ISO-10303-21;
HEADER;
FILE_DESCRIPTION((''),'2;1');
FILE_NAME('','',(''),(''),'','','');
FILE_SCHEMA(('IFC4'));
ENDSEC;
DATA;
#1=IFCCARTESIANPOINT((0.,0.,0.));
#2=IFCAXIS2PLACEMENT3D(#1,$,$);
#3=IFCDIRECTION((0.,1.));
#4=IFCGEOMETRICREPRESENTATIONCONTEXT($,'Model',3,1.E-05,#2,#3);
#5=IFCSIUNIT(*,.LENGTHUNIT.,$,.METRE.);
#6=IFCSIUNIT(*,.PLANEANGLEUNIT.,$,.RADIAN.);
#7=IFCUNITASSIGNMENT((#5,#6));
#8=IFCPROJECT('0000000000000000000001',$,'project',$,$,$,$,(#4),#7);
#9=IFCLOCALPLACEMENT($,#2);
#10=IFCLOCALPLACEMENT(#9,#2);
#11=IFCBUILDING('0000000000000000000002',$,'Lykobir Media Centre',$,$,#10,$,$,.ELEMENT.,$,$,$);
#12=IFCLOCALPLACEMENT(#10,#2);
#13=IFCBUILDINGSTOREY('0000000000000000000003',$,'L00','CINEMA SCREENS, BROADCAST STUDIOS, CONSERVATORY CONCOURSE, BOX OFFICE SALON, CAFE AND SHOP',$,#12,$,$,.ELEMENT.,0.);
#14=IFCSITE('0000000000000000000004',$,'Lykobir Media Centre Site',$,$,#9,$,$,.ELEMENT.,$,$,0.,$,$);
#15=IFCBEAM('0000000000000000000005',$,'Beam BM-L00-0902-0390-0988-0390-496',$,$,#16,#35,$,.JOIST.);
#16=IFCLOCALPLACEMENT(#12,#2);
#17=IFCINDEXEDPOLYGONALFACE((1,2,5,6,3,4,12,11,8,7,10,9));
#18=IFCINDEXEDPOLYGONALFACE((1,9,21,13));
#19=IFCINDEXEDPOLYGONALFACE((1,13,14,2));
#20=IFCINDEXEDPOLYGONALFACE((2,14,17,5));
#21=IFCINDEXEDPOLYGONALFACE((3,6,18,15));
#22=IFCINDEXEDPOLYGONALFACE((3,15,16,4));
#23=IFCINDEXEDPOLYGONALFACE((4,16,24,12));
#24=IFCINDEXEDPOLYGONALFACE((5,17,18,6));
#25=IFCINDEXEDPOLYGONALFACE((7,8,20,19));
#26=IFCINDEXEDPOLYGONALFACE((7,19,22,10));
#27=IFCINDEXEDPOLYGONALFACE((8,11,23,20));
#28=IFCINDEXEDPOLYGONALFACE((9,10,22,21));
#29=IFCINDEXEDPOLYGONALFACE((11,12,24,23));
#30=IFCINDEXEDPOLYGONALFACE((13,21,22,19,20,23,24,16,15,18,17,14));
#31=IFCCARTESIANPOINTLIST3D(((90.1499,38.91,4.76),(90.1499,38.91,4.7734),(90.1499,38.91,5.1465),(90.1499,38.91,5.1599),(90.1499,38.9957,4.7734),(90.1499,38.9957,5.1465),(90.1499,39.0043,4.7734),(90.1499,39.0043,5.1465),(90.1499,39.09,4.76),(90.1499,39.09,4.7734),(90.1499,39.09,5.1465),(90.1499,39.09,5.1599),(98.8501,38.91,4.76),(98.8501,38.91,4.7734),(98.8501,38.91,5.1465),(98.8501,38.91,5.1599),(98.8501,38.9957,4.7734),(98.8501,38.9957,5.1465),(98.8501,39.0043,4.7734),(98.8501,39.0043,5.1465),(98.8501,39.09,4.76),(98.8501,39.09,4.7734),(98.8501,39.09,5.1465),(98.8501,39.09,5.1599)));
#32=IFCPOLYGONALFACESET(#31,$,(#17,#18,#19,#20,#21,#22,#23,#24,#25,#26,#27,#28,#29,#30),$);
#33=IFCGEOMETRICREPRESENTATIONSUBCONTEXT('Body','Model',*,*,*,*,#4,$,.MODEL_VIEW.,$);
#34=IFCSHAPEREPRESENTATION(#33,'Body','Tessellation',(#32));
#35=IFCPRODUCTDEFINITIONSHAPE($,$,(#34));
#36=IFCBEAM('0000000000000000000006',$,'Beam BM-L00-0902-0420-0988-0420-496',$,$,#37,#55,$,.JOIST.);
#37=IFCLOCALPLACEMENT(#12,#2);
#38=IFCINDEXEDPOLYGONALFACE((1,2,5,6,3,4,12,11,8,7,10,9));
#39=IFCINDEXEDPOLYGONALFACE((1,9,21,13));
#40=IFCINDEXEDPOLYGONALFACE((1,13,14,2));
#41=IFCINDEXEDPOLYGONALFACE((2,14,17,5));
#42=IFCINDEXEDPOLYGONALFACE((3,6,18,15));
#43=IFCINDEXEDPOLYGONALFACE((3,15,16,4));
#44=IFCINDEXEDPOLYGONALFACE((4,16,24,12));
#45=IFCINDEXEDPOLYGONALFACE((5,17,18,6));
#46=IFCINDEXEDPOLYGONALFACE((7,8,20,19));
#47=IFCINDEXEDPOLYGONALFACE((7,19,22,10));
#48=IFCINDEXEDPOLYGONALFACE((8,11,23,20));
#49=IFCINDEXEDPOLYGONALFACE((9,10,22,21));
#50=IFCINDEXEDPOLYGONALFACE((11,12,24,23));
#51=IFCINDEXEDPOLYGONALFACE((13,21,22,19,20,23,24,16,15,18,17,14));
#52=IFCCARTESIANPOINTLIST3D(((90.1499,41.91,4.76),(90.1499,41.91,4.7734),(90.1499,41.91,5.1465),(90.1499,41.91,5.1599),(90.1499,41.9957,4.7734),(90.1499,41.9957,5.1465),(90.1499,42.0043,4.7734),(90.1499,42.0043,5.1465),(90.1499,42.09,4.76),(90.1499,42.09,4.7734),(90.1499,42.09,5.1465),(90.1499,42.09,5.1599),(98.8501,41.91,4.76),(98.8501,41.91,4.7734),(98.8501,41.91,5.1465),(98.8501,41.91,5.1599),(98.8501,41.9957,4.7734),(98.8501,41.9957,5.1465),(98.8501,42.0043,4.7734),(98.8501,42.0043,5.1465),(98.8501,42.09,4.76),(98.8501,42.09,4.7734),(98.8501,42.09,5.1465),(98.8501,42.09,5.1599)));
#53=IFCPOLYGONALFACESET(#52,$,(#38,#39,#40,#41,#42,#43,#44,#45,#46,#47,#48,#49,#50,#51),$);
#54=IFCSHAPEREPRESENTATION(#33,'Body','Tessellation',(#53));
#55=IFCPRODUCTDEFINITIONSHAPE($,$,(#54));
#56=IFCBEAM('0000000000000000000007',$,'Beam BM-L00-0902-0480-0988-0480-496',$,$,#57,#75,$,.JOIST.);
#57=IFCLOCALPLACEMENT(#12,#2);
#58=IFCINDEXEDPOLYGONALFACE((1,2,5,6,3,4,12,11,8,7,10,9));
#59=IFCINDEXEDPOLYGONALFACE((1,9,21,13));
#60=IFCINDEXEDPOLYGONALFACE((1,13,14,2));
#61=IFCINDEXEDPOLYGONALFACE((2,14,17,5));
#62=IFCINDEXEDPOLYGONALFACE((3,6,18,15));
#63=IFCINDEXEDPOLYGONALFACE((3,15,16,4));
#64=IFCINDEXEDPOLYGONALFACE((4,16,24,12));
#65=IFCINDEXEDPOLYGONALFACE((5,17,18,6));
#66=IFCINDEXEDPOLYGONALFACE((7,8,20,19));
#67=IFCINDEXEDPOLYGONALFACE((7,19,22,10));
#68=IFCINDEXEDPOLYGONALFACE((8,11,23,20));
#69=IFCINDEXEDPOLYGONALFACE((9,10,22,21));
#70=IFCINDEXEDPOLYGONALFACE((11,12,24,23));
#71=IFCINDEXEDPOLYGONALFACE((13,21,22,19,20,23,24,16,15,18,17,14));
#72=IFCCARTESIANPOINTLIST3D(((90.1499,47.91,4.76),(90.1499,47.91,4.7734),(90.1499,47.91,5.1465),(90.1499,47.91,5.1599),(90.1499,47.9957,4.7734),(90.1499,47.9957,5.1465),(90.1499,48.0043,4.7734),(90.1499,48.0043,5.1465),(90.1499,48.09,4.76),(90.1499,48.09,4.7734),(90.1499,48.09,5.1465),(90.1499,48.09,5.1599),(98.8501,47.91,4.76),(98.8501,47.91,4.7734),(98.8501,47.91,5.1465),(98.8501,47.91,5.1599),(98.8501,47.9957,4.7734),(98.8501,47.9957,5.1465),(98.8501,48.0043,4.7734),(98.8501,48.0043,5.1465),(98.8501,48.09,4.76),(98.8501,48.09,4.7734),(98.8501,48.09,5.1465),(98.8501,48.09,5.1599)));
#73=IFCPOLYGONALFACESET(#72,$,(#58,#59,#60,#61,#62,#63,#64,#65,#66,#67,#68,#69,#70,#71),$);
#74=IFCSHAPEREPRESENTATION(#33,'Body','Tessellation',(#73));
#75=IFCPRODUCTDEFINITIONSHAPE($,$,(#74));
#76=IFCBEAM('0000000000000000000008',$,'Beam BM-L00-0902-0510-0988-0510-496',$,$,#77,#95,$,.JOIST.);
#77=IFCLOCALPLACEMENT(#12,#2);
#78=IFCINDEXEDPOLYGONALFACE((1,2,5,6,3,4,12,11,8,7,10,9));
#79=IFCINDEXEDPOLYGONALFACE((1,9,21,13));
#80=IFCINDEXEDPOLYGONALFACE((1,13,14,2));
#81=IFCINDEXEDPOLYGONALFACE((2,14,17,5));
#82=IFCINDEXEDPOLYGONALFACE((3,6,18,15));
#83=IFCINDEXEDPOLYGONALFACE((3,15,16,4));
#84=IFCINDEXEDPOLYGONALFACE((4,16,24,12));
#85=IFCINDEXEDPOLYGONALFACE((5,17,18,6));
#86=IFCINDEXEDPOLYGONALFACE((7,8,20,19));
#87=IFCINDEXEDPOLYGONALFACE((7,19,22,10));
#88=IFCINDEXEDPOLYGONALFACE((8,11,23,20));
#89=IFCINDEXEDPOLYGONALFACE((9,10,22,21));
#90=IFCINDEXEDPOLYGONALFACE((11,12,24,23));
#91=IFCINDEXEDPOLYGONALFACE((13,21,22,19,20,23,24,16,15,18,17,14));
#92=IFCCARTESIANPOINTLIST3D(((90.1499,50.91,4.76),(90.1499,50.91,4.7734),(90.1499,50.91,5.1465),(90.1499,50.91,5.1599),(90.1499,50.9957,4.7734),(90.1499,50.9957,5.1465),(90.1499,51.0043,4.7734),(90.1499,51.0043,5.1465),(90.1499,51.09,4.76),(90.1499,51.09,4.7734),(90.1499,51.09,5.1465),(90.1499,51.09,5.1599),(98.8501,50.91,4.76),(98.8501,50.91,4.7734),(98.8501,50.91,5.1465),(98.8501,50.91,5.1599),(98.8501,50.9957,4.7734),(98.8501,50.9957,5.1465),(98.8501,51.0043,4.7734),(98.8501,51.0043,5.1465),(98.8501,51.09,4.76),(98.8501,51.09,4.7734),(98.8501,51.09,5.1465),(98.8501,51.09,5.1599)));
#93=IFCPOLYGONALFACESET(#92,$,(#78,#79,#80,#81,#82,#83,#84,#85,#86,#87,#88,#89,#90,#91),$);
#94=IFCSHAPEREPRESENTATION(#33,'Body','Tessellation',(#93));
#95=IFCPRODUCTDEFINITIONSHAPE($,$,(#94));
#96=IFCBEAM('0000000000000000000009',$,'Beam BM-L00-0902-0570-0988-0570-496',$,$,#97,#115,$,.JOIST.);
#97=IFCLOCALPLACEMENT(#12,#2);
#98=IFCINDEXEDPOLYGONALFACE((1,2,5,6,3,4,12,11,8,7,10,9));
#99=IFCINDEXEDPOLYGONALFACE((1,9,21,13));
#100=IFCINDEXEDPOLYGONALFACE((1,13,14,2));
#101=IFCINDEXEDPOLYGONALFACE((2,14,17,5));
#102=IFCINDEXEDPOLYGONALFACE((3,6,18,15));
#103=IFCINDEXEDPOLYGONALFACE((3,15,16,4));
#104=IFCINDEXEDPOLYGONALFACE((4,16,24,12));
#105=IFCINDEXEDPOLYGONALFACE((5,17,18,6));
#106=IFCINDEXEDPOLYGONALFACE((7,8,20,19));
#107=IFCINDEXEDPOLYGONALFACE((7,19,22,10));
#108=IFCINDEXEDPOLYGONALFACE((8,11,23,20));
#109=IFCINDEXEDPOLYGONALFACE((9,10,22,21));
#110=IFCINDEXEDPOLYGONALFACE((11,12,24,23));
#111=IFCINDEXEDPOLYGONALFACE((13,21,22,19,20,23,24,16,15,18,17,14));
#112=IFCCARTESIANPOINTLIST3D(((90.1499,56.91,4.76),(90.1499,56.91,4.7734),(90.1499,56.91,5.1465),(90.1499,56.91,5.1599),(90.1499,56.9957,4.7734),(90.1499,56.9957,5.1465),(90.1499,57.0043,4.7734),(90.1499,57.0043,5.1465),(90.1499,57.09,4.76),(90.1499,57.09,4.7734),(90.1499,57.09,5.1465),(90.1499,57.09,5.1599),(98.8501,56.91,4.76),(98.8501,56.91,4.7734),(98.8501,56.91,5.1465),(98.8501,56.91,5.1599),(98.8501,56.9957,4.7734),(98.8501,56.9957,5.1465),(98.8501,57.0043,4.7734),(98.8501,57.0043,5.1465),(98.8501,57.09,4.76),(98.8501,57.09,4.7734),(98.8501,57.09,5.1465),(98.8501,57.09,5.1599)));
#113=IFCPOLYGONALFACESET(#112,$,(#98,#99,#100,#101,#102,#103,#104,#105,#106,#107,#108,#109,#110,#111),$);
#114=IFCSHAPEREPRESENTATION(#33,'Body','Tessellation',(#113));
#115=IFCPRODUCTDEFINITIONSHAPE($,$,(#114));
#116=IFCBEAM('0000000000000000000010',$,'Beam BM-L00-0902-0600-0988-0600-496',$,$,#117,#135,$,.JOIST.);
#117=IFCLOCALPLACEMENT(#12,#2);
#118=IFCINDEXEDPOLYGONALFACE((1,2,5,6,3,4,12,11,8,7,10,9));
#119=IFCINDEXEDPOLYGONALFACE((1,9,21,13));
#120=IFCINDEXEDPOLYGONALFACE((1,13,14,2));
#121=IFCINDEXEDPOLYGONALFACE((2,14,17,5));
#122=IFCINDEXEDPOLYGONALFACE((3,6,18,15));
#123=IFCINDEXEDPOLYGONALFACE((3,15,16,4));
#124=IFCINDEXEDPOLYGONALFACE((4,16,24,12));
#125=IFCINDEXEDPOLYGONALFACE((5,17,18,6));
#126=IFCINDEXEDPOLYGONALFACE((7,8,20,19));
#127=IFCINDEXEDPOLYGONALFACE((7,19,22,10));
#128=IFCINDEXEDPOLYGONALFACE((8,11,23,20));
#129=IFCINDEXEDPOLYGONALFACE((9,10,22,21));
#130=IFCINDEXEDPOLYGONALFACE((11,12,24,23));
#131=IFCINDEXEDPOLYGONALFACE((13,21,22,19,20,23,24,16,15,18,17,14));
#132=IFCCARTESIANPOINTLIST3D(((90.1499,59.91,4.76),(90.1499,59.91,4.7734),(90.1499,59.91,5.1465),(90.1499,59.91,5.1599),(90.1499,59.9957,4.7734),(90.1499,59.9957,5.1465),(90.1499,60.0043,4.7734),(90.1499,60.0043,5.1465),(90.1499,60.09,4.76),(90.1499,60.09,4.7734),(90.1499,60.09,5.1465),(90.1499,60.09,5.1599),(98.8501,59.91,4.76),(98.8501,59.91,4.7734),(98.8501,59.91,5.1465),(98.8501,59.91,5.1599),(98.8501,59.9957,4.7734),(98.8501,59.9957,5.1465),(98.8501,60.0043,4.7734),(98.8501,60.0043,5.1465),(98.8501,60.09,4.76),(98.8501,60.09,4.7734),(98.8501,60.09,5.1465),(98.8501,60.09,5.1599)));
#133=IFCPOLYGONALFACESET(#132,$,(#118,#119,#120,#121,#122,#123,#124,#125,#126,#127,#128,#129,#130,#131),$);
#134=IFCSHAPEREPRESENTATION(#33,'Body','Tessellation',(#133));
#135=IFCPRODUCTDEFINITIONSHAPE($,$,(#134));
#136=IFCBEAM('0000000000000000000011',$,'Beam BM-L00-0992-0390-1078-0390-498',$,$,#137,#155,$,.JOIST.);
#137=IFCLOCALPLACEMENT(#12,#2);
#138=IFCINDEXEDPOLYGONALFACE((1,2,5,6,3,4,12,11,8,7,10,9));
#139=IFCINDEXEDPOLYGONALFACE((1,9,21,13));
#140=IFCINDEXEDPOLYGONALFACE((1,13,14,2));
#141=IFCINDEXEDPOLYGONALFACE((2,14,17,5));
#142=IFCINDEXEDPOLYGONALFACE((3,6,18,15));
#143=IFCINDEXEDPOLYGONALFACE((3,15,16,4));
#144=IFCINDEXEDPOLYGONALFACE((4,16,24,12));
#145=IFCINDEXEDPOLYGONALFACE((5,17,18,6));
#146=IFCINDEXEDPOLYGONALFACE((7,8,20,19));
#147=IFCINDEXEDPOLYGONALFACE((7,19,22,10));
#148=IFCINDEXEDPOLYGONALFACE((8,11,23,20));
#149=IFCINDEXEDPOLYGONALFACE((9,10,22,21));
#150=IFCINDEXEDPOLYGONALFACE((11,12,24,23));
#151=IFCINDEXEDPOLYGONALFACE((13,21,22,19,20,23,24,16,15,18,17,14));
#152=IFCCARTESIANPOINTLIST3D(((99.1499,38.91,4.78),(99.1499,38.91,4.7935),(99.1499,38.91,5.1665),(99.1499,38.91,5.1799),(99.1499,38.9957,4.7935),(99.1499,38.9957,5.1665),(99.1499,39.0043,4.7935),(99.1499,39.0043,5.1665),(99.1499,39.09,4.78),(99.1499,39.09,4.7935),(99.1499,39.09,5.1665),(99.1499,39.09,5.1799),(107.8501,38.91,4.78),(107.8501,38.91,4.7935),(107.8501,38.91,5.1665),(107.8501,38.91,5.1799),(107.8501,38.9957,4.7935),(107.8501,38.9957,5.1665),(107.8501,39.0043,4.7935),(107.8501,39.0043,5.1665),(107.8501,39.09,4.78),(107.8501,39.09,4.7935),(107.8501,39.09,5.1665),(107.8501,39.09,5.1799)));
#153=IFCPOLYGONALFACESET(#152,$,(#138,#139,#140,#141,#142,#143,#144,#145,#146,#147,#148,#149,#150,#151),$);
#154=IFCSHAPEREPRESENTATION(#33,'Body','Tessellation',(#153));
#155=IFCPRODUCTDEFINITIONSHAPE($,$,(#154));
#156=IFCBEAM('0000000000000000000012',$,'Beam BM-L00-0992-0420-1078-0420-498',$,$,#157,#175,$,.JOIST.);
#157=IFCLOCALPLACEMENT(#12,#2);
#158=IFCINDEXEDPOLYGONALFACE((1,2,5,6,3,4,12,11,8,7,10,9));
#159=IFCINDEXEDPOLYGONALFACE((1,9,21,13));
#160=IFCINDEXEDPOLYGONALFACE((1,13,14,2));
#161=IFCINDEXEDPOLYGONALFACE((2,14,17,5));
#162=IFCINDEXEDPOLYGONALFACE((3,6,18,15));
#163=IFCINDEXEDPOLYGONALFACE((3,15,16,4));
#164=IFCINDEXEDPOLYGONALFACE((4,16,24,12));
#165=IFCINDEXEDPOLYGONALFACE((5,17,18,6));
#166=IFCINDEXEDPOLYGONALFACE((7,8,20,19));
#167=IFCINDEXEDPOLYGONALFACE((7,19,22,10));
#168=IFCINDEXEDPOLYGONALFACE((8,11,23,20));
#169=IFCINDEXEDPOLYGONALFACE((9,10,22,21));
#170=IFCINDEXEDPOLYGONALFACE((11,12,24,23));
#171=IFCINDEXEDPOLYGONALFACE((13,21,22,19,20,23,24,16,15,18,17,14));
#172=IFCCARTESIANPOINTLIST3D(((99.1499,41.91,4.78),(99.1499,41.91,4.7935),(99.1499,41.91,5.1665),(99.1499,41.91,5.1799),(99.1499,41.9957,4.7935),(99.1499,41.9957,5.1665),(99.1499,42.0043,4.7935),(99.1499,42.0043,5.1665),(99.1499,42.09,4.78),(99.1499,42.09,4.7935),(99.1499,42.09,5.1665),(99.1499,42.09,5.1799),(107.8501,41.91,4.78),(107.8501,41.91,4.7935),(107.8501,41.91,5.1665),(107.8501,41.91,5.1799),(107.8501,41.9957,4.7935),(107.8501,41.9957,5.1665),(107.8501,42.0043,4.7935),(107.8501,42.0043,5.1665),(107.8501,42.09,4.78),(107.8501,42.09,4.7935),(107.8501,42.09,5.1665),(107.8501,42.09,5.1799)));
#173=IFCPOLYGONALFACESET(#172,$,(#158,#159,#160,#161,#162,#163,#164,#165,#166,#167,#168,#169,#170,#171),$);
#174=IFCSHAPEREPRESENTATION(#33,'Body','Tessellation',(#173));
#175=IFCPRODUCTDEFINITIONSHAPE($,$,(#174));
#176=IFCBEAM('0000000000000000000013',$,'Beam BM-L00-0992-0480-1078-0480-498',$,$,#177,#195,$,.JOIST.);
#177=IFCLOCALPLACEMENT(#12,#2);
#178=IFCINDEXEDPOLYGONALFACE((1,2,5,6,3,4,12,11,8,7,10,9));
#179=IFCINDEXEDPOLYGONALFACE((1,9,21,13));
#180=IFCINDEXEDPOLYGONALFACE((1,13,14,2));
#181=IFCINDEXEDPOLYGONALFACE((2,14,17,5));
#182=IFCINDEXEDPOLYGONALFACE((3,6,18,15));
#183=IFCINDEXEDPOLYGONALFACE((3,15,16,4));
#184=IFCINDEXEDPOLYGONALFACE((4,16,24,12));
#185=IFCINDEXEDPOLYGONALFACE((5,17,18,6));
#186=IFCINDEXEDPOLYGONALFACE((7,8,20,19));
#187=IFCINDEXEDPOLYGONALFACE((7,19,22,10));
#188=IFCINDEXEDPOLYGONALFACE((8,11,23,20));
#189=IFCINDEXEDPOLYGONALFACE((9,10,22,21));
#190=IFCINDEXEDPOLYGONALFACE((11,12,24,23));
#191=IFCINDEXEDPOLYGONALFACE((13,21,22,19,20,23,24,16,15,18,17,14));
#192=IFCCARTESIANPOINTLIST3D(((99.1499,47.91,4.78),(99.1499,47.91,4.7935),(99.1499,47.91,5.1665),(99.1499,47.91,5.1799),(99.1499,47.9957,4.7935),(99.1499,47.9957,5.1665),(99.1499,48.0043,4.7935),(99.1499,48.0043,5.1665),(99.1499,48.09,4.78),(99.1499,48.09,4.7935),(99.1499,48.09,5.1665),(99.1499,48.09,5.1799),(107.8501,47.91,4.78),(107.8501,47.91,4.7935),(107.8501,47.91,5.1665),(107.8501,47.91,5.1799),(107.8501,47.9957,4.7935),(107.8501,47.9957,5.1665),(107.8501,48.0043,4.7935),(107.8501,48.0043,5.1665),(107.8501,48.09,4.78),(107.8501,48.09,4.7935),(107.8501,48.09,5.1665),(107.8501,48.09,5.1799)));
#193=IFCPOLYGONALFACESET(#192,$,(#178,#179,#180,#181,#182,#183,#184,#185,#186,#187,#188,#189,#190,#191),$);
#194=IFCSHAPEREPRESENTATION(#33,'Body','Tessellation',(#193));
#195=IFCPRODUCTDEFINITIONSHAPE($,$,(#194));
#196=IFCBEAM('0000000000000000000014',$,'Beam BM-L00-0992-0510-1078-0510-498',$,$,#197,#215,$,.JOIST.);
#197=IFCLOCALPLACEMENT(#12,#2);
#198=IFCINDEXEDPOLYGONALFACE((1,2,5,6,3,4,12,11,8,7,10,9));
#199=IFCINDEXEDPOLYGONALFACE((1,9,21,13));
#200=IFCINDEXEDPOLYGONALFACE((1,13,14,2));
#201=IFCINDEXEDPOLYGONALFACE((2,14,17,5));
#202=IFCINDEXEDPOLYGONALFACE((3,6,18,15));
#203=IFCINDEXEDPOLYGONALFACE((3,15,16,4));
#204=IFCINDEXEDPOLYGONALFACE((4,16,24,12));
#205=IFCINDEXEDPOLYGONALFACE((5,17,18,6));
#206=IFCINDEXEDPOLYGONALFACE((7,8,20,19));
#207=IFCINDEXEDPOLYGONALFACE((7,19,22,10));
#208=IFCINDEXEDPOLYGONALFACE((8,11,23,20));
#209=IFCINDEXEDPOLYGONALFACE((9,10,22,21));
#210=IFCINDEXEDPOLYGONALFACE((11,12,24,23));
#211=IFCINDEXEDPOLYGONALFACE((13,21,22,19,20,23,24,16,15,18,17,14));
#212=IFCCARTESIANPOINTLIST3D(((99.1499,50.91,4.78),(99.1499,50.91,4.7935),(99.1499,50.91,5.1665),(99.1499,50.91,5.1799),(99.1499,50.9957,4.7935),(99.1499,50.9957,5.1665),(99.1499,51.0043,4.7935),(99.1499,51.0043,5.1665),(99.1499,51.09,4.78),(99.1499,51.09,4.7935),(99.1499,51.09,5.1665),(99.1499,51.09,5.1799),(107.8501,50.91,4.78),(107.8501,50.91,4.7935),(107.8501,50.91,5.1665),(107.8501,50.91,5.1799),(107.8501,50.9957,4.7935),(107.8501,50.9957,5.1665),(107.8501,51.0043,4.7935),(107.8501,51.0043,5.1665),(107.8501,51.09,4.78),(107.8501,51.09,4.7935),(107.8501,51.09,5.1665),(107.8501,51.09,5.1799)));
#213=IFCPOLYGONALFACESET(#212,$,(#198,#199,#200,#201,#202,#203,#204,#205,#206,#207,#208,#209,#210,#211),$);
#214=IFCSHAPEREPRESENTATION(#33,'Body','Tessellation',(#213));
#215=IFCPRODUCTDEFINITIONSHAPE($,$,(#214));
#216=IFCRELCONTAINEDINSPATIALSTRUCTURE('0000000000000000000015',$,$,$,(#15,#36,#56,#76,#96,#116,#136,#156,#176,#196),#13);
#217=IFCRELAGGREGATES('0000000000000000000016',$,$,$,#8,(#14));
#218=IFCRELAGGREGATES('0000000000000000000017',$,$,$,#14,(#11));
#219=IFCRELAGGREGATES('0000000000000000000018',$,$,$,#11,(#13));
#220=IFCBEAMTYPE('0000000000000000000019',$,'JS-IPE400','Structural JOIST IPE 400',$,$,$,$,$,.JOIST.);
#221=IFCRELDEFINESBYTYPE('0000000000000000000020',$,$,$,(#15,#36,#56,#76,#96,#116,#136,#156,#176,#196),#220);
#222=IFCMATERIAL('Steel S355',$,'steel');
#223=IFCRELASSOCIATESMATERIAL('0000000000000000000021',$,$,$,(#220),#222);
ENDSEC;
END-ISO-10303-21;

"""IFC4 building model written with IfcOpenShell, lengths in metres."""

from ifc_helpers import new_model, si_unit, direction, frame, origin, origin_2d, place, context, subcontext, project, spatial, i_section, extrude, material, material_profile, profile_set, type_object, element, save


model = new_model("IFC4")

# Units and contexts
model_context = context("Model", 3, precision=1e-05, world=origin(), true_north=direction((0.0, 1.0)))
body_context = subcontext(model_context, "Body", "Model", "MODEL_VIEW")
ifc_project = project(units=[si_unit("LENGTHUNIT", "METRE"), si_unit("PLANEANGLEUNIT", "RADIAN")], contexts=[model_context])

# Site, building, storey
site_placement = place(None, origin())
site = spatial("IfcSite", under=ifc_project, at=site_placement, Name="Lykobir Media Centre Site", CompositionType="ELEMENT", RefElevation=0.0)
building_placement = place(site_placement, origin())
building = spatial("IfcBuilding", under=site, at=building_placement, Name="Lykobir Media Centre", CompositionType="ELEMENT")
storey_placement = place(building_placement, origin())
storey = spatial("IfcBuildingStorey", under=building, at=storey_placement, Name="L00", Description="CINEMA SCREENS, BROADCAST STUDIOS, CONSERVATORY CONCOURSE, BOX OFFICE SALON, CAFE AND SHOP", CompositionType="ELEMENT", Elevation=0.0)

# Beams
ifc_material_1 = material(Name="Steel S355", Category="steel")
ifc_material_profile_1 = material_profile(ifc_material_1, i_section(OverallWidth=0.1799, OverallDepth=0.3999, WebThickness=0.0085, FlangeThickness=0.0134, at=origin_2d()), Name="IPE 400")
ifc_profile_set_1 = profile_set([ifc_material_profile_1], Name="Steel S355")
beam_type_1 = type_object("IfcBeamType", Name="JS-IPE400", Description="Structural JOIST IPE 400", PredefinedType="JOIST", material=ifc_profile_set_1)
for number, where, z_axis, x_axis, name in (
    (1, (90.1499, 39.0, 4.96), (1.0, 0.0, 0.0), (0.0, 1.0, 0.0), "Beam BM-L00-0902-0390-0988-0390-496"),
    (2, (90.1499, 42.0, 4.96), (1.0, 0.0, 0.0), (0.0, 1.0, 0.0), "Beam BM-L00-0902-0420-0988-0420-496"),
    (3, (90.1499, 48.0, 4.96), (1.0, 0.0, 0.0), (0.0, 1.0, 0.0), "Beam BM-L00-0902-0480-0988-0480-496"),
    (4, (90.1499, 51.0, 4.96), (1.0, 0.0, 0.0), (0.0, 1.0, 0.0), "Beam BM-L00-0902-0510-0988-0510-496"),
    (5, (90.1499, 57.0, 4.96), (1.0, 0.0, 0.0), (0.0, 1.0, 0.0), "Beam BM-L00-0902-0570-0988-0570-496"),
    (6, (90.1499, 60.0, 4.96), (1.0, 0.0, 0.0), (0.0, 1.0, 0.0), "Beam BM-L00-0902-0600-0988-0600-496"),
    (7, (99.1499, 39.0, 4.98), (1.0, 0.0, 0.0), (0.0, 1.0, 0.0), "Beam BM-L00-0992-0390-1078-0390-498"),
    (8, (99.1499, 42.0, 4.98), (1.0, 0.0, 0.0), (0.0, 1.0, 0.0), "Beam BM-L00-0992-0420-1078-0420-498"),
    (9, (99.1499, 48.0, 4.98), (1.0, 0.0, 0.0), (0.0, 1.0, 0.0), "Beam BM-L00-0992-0480-1078-0480-498"),
    (10, (99.1499, 51.0, 4.98), (1.0, 0.0, 0.0), (0.0, 1.0, 0.0), "Beam BM-L00-0992-0510-1078-0510-498"),
):
    element("IfcBeam", number, at=place(storey_placement, frame(where, z_axis=z_axis, x_axis=x_axis)), inside=storey, type_object=beam_type_1, Name=name, PredefinedType="JOIST", context=body_context, shape_type="SweptSolid", body=[
        extrude(i_section(OverallWidth=0.1799, OverallDepth=0.3999, WebThickness=0.0085, FlangeThickness=0.0134, at=origin_2d()), origin(), (0.0, 0.0, 1.0), 8.7002),
    ])

save(model, "model.ifc")
